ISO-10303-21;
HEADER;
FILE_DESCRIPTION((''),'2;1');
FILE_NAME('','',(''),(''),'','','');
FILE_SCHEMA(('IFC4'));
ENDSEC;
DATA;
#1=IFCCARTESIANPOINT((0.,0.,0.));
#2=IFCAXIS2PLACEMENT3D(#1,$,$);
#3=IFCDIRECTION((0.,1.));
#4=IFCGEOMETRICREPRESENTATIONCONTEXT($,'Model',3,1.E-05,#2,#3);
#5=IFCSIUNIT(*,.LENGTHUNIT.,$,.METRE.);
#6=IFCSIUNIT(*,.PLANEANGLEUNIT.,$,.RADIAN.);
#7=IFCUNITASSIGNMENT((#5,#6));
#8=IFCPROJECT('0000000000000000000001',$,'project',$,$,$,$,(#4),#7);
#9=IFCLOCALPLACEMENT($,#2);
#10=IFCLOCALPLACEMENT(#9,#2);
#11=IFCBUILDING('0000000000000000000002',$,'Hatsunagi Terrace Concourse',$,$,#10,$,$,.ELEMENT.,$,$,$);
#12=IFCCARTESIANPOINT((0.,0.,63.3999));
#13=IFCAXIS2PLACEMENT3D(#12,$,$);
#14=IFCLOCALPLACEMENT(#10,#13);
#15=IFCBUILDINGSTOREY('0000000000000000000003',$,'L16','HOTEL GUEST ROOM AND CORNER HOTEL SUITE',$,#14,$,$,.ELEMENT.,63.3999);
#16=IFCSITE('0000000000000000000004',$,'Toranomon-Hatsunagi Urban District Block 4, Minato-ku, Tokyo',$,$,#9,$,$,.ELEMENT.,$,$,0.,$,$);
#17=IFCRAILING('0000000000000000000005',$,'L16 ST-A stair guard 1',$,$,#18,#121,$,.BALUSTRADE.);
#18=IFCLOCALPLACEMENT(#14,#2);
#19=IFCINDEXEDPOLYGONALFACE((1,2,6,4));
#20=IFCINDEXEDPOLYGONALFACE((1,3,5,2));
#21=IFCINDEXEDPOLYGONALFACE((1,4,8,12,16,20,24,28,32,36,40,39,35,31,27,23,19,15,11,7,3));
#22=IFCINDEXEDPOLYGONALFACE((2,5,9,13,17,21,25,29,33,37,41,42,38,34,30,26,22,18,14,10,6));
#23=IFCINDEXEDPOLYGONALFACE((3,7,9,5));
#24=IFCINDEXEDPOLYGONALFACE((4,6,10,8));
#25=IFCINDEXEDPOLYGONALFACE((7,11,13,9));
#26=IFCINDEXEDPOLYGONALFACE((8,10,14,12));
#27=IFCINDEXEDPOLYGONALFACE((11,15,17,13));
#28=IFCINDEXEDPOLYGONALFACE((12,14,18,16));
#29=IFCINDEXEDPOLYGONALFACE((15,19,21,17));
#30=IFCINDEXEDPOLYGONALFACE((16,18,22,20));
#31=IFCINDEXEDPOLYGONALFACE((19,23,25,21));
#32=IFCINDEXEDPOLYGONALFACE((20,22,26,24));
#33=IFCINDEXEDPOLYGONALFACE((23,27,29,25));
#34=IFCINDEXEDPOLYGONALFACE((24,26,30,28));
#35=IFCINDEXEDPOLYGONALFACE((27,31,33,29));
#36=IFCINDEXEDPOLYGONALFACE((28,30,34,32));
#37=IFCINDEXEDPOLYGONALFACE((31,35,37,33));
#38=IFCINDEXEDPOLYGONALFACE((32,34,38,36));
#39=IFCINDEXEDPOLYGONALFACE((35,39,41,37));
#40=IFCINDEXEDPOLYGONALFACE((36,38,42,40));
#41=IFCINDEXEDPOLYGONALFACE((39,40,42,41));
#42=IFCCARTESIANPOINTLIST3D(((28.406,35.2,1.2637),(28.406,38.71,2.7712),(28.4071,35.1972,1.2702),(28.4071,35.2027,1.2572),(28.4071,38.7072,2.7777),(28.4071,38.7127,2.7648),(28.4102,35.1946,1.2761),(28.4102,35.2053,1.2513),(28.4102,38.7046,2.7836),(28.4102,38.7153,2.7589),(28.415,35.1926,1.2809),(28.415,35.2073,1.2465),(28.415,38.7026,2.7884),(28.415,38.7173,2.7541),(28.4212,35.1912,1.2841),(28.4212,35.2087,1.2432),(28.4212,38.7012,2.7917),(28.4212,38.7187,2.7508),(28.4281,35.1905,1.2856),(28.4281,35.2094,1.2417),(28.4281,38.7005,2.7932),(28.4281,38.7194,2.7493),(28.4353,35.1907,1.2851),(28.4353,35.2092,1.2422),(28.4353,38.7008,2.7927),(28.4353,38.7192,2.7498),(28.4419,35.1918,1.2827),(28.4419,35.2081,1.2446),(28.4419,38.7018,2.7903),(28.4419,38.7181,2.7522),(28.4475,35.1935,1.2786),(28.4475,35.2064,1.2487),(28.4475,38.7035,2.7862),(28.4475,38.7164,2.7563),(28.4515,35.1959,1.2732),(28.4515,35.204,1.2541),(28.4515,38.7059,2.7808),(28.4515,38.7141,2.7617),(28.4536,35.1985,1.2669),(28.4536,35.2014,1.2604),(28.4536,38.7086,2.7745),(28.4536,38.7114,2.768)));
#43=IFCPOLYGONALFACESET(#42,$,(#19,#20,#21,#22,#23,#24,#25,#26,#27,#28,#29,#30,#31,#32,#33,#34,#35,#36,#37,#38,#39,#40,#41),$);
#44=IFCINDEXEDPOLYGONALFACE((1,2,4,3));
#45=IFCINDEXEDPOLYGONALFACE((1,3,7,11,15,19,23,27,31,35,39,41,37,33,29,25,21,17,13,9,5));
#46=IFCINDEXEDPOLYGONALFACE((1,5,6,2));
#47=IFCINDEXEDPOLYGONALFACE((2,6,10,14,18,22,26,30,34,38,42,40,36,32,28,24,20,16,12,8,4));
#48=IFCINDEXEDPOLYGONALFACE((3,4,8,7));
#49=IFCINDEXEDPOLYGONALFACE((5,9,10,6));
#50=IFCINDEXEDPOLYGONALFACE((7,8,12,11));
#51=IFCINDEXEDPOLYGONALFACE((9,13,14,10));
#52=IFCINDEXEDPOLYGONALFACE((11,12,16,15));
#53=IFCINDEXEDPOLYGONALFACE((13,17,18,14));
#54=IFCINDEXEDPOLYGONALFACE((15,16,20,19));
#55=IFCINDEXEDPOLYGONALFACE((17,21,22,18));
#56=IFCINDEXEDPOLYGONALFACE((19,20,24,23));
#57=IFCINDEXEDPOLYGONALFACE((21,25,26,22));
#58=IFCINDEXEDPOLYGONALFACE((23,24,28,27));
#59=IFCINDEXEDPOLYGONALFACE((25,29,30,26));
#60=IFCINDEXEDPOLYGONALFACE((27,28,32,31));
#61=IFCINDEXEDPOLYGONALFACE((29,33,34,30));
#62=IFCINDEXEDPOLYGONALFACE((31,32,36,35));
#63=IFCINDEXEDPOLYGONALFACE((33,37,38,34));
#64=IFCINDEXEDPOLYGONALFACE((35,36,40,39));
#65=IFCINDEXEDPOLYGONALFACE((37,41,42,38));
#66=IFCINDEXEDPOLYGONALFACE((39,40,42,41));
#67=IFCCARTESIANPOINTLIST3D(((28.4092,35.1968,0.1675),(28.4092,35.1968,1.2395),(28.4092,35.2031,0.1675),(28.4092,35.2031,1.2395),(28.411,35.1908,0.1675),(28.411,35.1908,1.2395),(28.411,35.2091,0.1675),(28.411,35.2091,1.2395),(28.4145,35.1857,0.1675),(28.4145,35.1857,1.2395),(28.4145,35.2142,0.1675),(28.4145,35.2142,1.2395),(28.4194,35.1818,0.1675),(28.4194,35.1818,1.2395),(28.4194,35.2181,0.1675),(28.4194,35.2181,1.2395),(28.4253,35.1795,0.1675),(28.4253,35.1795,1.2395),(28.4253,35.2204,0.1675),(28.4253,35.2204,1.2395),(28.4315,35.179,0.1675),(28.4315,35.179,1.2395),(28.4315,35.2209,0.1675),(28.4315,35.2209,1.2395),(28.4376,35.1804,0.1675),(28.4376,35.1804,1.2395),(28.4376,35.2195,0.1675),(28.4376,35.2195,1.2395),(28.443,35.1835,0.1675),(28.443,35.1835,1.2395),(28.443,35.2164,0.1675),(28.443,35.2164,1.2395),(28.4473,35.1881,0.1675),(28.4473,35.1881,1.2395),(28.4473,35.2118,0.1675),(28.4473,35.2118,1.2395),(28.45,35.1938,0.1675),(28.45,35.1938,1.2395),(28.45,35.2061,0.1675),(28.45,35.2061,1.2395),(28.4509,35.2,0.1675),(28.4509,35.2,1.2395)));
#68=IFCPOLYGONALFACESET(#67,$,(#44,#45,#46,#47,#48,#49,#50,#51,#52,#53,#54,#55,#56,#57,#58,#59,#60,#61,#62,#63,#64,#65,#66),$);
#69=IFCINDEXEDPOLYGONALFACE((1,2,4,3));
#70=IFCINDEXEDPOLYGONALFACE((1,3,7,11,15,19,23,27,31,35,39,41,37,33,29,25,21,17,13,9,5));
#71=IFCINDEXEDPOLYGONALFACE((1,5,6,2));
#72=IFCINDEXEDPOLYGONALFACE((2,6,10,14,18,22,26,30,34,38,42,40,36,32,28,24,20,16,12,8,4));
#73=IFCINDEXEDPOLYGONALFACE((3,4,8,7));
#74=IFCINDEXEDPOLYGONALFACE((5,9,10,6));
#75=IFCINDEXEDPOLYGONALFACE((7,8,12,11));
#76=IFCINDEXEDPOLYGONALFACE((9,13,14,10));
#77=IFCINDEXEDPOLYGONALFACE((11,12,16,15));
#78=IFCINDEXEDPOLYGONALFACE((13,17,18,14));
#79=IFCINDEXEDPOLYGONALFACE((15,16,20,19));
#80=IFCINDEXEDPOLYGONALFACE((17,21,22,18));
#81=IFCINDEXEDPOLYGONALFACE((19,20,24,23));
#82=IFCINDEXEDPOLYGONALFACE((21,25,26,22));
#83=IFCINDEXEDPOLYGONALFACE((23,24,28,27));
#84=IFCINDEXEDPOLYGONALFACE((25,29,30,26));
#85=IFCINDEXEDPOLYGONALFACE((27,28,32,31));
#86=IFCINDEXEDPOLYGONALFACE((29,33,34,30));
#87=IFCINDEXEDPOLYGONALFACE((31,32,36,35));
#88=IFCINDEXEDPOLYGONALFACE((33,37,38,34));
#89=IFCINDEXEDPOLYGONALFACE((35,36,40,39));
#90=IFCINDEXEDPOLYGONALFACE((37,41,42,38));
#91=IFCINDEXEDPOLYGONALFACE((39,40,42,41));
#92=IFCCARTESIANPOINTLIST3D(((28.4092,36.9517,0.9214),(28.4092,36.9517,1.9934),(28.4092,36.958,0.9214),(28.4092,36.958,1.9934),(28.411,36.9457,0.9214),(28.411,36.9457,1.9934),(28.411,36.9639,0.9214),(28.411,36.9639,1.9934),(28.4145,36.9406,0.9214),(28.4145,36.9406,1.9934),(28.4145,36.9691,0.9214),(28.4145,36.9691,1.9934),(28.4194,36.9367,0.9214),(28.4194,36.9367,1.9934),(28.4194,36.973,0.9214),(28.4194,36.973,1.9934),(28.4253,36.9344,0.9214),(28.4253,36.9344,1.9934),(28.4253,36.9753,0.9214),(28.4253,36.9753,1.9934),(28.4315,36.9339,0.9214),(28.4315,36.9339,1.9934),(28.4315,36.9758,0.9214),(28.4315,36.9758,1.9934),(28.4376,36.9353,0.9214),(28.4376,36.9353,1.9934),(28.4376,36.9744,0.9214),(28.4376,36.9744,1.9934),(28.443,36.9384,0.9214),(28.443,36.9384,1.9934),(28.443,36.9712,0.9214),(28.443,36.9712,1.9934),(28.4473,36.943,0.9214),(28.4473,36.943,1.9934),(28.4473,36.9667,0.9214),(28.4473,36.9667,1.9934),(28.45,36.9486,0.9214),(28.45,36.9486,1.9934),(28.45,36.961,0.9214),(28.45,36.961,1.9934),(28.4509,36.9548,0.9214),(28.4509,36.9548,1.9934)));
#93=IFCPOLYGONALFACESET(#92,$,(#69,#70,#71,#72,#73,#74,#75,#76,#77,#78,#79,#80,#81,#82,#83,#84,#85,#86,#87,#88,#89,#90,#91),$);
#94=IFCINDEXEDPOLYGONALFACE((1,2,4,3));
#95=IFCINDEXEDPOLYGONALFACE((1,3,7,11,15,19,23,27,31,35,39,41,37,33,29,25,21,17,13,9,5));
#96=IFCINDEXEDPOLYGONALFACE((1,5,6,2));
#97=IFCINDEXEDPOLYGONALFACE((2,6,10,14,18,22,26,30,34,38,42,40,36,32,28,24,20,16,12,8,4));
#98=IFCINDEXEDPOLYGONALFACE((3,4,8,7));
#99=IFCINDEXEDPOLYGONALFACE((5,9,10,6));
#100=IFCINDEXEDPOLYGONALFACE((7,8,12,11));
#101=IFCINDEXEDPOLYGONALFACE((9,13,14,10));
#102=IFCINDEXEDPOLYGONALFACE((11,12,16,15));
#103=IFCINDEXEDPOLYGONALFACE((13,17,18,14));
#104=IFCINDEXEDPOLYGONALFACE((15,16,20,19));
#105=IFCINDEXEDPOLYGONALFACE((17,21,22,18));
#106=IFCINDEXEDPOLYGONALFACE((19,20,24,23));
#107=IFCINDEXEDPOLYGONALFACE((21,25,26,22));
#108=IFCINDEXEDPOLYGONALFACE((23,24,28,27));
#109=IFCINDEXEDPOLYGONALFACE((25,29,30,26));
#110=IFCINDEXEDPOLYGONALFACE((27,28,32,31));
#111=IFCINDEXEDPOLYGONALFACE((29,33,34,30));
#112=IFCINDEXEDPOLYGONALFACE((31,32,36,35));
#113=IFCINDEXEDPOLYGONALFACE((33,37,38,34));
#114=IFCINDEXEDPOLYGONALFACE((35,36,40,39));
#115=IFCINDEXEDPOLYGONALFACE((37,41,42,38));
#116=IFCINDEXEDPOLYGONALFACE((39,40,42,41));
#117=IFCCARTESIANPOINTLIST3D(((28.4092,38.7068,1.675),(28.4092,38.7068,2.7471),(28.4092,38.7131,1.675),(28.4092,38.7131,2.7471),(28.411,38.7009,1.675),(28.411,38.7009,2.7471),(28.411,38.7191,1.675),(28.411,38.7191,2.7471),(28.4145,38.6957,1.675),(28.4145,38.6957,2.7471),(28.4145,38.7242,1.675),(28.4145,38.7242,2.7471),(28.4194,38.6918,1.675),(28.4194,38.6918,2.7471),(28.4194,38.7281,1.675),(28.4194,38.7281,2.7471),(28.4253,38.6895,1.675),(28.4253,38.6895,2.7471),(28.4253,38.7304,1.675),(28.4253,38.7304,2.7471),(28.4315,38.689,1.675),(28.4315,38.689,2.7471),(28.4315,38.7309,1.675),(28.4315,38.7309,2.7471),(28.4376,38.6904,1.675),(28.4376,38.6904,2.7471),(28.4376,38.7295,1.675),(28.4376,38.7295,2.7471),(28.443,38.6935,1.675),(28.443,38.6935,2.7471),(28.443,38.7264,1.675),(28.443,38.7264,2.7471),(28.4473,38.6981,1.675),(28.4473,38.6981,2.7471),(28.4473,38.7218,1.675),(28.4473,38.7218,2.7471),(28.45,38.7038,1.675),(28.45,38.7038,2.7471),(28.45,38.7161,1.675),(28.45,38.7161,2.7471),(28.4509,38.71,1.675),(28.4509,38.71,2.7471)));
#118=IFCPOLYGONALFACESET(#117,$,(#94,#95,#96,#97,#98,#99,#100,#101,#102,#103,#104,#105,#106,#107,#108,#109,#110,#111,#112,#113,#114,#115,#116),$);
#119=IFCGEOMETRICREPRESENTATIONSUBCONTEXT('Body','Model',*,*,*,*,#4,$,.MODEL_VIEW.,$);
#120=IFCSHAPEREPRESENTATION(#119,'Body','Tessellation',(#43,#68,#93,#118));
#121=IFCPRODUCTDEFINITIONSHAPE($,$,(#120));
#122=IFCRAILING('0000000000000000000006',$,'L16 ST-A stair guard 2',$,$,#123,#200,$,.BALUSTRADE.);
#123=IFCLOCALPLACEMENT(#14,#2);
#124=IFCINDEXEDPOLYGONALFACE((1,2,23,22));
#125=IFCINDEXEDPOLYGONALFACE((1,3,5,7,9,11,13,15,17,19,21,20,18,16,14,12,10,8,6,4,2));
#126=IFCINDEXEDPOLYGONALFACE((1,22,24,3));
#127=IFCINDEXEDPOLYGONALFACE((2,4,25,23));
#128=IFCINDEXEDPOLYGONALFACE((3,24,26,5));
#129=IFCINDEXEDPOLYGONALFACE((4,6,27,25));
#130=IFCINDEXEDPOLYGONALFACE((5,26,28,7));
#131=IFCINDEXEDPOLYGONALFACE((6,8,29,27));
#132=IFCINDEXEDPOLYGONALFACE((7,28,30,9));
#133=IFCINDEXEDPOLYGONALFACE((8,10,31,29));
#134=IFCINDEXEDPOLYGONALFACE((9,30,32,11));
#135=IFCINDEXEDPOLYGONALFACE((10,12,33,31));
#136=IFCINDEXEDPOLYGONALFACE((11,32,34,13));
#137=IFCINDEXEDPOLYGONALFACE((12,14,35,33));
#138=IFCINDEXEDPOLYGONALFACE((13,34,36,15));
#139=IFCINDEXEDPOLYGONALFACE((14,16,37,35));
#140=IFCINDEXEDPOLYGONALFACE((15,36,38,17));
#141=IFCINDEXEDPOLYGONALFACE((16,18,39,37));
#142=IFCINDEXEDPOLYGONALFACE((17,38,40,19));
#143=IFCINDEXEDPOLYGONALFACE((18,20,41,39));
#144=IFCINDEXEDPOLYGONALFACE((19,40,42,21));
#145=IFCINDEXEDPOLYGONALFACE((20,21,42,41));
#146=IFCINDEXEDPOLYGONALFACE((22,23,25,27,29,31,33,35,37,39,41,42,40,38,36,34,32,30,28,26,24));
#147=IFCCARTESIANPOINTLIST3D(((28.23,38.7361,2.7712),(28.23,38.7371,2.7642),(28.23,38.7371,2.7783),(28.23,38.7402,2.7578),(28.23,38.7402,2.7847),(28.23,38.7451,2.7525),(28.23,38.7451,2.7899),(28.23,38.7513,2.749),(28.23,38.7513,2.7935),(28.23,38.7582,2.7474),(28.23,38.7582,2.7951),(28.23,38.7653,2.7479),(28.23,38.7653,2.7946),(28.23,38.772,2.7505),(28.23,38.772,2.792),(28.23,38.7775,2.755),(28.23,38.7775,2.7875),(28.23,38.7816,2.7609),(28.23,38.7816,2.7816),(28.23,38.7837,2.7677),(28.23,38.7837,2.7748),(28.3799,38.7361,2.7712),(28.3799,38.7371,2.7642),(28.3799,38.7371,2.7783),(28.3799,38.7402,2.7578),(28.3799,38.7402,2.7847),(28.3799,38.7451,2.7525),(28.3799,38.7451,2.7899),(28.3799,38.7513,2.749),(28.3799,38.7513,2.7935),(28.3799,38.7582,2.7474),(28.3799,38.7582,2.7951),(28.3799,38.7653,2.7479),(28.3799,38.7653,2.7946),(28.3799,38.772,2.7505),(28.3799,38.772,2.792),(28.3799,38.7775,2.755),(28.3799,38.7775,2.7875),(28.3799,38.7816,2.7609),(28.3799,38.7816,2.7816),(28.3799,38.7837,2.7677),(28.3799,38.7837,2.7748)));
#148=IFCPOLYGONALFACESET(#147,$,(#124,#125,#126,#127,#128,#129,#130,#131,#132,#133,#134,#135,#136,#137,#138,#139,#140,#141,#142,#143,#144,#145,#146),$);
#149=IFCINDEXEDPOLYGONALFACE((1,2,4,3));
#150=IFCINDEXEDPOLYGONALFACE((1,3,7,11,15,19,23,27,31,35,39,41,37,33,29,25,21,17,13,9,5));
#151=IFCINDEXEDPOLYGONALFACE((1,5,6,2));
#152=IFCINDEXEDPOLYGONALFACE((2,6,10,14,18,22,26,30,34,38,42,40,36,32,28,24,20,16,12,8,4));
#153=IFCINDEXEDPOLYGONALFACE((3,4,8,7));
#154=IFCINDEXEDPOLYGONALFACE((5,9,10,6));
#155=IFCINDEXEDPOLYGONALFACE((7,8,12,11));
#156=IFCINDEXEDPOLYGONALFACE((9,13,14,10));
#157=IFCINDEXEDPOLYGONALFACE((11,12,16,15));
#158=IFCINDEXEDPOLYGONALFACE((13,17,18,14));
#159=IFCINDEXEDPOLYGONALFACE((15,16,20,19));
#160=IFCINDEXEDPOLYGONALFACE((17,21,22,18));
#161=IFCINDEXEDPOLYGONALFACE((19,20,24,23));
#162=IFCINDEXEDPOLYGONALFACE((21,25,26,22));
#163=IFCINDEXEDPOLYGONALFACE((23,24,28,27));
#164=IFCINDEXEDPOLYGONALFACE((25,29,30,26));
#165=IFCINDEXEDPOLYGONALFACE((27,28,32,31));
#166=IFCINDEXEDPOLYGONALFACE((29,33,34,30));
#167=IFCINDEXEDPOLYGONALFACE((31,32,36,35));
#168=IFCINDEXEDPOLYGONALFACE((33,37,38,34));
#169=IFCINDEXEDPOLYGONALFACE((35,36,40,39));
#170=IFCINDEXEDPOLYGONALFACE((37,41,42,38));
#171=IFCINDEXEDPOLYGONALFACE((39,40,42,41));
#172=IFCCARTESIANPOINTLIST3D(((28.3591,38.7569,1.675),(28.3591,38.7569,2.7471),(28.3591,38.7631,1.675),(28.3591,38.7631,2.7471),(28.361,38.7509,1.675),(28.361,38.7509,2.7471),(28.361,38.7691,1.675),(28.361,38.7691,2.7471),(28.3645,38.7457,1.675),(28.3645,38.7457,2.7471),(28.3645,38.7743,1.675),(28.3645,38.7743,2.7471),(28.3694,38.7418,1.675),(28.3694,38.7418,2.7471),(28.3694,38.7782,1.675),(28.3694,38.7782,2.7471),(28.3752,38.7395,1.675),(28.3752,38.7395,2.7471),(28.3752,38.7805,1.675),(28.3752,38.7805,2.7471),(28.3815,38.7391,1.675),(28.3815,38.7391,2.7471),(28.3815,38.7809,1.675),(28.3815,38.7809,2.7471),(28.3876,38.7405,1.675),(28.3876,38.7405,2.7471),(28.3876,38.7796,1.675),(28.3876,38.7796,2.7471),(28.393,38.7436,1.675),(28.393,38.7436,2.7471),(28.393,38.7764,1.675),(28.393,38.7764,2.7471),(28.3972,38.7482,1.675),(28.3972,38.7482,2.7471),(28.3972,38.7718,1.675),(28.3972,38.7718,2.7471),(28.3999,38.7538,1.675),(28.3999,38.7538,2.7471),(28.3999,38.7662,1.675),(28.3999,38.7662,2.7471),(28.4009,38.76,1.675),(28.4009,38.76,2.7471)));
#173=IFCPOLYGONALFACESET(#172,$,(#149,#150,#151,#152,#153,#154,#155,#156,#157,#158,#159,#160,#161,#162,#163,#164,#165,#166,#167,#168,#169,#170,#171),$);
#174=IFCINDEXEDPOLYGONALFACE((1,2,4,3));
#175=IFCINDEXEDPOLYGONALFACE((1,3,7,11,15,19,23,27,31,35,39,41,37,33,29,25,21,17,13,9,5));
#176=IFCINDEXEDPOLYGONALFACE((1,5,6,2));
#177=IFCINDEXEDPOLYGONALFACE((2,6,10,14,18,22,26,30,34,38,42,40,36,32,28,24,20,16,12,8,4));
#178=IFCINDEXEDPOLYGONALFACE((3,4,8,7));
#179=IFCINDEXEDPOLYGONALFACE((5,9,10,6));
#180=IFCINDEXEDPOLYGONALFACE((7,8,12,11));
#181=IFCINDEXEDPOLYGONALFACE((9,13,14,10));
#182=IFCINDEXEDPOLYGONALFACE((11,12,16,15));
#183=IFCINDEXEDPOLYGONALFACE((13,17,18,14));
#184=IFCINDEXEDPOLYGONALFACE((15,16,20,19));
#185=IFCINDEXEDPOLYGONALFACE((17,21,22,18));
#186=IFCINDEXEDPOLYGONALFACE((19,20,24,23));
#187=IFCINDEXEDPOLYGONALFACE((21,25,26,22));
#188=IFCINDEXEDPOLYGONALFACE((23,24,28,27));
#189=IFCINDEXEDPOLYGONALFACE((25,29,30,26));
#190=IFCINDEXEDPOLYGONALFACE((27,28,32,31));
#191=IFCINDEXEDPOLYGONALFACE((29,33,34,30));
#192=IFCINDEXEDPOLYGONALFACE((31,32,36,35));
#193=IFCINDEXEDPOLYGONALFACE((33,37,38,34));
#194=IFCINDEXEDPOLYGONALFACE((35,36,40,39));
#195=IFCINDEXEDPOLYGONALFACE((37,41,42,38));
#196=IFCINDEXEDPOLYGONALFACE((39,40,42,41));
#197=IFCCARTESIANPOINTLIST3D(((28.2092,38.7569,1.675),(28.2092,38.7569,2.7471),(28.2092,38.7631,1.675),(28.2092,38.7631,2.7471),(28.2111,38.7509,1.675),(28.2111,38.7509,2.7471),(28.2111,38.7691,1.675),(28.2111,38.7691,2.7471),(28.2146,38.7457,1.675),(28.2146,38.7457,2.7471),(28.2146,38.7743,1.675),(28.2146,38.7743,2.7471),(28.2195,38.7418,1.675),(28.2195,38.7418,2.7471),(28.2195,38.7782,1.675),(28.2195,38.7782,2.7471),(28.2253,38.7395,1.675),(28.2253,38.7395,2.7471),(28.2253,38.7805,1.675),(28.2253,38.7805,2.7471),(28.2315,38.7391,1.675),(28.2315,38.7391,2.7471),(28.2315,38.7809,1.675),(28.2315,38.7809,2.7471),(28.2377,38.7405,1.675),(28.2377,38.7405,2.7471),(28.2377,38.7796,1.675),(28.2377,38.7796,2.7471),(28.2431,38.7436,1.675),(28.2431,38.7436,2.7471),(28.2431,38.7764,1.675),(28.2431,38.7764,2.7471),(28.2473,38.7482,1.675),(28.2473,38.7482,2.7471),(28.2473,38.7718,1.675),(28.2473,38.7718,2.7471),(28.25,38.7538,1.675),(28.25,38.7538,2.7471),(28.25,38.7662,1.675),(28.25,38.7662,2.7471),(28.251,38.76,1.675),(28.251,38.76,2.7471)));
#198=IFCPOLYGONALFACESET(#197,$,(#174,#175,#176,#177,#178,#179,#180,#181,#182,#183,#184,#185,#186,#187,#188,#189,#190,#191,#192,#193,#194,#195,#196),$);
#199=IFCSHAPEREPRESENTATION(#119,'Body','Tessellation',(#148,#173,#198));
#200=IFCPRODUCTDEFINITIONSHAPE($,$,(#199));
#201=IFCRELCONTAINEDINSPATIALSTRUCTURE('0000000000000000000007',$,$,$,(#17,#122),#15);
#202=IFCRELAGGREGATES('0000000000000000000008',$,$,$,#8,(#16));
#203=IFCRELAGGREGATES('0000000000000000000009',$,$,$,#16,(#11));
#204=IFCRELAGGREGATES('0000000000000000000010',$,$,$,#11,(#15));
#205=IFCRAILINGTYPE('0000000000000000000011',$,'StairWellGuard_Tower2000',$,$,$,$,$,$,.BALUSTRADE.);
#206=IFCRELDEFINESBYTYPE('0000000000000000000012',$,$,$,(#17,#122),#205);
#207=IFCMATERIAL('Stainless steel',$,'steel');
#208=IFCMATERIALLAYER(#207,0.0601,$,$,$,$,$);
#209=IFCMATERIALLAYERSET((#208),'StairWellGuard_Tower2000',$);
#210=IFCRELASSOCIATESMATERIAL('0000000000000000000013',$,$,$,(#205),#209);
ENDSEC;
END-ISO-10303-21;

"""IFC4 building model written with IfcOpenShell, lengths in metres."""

from ifc_helpers import new_model, si_unit, direction, frame, origin, origin_2d, place, context, subcontext, project, spatial, circle, extrude, material, layer, layer_set, type_object, element, save


model = new_model("IFC4")

# Units and contexts
model_context = context("Model", 3, precision=1e-05, world=origin(), true_north=direction((0.0, 1.0)))
body_context = subcontext(model_context, "Body", "Model", "MODEL_VIEW")
ifc_project = project(units=[si_unit("LENGTHUNIT", "METRE"), si_unit("PLANEANGLEUNIT", "RADIAN")], contexts=[model_context])

# Site, building, storey
site_placement = place(None, origin())
site = spatial("IfcSite", under=ifc_project, at=site_placement, Name="Toranomon-Hatsunagi Urban District Block 4, Minato-ku, Tokyo", CompositionType="ELEMENT", RefElevation=0.0)
building_placement = place(site_placement, origin())
building = spatial("IfcBuilding", under=site, at=building_placement, Name="Hatsunagi Terrace Concourse", CompositionType="ELEMENT")
storey_placement = place(building_placement, frame((0.0, 0.0, 63.3999)))
storey = spatial("IfcBuildingStorey", under=building, at=storey_placement, Name="L16", Description="HOTEL GUEST ROOM AND CORNER HOTEL SUITE", CompositionType="ELEMENT", Elevation=63.3999)

# Railings
ifc_material_1 = material(Name="Stainless steel", Category="steel")
ifc_layer_1 = layer(ifc_material_1, 0.0601)
ifc_layer_set_1 = layer_set([ifc_layer_1], Name="StairWellGuard_Tower2000")
railing_type_1 = type_object("IfcRailingType", Name="StairWellGuard_Tower2000", PredefinedType="BALUSTRADE", material=ifc_layer_set_1)
railing_1_placement = place(storey_placement, frame((28.4299, 35.2, 0.1675)))
element("IfcRailing", 1, at=railing_1_placement, inside=storey, type_object=railing_type_1, Name="L16 ST-A stair guard 1", PredefinedType="BALUSTRADE", context=body_context, shape_type="SweptSolid", body=[
    extrude(circle(Radius=0.0239, at=origin_2d()), frame((0.0, 0.0, 1.0962), z_axis=(0.0, 0.918834, 0.394644), x_axis=(-1.0, 0.0, 0.0)), (0.0, 0.0, 1.0), 3.8201),
    extrude(circle(Radius=0.021, at=origin_2d()), origin(), (0.0, 0.0, 1.0), 1.072),
    extrude(circle(Radius=0.021, at=origin_2d()), frame((0.0, 1.7549, 0.7539)), (0.0, 0.0, 1.0), 1.072),
    extrude(circle(Radius=0.021, at=origin_2d()), frame((0.0, 3.51, 1.5076)), (0.0, 0.0, 1.0), 1.072),
])
railing_2_placement = place(storey_placement, frame((28.3799, 38.76, 1.675)))
element("IfcRailing", 2, at=railing_2_placement, inside=storey, type_object=railing_type_1, Name="L16 ST-A stair guard 2", PredefinedType="BALUSTRADE", context=body_context, shape_type="SweptSolid", body=[
    extrude(circle(Radius=0.0239, at=origin_2d()), frame((0.0, 0.0, 1.0962), z_axis=(-1.0, 0.0, 0.0), x_axis=(0.0, -1.0, 0.0)), (0.0, 0.0, 1.0), 0.1499),
    extrude(circle(Radius=0.021, at=origin_2d()), origin(), (0.0, 0.0, 1.0), 1.072),
    extrude(circle(Radius=0.021, at=origin_2d()), frame((-0.1499, 0.0, 0.0)), (0.0, 0.0, 1.0), 1.072),
])

save(model, "model.ifc")
